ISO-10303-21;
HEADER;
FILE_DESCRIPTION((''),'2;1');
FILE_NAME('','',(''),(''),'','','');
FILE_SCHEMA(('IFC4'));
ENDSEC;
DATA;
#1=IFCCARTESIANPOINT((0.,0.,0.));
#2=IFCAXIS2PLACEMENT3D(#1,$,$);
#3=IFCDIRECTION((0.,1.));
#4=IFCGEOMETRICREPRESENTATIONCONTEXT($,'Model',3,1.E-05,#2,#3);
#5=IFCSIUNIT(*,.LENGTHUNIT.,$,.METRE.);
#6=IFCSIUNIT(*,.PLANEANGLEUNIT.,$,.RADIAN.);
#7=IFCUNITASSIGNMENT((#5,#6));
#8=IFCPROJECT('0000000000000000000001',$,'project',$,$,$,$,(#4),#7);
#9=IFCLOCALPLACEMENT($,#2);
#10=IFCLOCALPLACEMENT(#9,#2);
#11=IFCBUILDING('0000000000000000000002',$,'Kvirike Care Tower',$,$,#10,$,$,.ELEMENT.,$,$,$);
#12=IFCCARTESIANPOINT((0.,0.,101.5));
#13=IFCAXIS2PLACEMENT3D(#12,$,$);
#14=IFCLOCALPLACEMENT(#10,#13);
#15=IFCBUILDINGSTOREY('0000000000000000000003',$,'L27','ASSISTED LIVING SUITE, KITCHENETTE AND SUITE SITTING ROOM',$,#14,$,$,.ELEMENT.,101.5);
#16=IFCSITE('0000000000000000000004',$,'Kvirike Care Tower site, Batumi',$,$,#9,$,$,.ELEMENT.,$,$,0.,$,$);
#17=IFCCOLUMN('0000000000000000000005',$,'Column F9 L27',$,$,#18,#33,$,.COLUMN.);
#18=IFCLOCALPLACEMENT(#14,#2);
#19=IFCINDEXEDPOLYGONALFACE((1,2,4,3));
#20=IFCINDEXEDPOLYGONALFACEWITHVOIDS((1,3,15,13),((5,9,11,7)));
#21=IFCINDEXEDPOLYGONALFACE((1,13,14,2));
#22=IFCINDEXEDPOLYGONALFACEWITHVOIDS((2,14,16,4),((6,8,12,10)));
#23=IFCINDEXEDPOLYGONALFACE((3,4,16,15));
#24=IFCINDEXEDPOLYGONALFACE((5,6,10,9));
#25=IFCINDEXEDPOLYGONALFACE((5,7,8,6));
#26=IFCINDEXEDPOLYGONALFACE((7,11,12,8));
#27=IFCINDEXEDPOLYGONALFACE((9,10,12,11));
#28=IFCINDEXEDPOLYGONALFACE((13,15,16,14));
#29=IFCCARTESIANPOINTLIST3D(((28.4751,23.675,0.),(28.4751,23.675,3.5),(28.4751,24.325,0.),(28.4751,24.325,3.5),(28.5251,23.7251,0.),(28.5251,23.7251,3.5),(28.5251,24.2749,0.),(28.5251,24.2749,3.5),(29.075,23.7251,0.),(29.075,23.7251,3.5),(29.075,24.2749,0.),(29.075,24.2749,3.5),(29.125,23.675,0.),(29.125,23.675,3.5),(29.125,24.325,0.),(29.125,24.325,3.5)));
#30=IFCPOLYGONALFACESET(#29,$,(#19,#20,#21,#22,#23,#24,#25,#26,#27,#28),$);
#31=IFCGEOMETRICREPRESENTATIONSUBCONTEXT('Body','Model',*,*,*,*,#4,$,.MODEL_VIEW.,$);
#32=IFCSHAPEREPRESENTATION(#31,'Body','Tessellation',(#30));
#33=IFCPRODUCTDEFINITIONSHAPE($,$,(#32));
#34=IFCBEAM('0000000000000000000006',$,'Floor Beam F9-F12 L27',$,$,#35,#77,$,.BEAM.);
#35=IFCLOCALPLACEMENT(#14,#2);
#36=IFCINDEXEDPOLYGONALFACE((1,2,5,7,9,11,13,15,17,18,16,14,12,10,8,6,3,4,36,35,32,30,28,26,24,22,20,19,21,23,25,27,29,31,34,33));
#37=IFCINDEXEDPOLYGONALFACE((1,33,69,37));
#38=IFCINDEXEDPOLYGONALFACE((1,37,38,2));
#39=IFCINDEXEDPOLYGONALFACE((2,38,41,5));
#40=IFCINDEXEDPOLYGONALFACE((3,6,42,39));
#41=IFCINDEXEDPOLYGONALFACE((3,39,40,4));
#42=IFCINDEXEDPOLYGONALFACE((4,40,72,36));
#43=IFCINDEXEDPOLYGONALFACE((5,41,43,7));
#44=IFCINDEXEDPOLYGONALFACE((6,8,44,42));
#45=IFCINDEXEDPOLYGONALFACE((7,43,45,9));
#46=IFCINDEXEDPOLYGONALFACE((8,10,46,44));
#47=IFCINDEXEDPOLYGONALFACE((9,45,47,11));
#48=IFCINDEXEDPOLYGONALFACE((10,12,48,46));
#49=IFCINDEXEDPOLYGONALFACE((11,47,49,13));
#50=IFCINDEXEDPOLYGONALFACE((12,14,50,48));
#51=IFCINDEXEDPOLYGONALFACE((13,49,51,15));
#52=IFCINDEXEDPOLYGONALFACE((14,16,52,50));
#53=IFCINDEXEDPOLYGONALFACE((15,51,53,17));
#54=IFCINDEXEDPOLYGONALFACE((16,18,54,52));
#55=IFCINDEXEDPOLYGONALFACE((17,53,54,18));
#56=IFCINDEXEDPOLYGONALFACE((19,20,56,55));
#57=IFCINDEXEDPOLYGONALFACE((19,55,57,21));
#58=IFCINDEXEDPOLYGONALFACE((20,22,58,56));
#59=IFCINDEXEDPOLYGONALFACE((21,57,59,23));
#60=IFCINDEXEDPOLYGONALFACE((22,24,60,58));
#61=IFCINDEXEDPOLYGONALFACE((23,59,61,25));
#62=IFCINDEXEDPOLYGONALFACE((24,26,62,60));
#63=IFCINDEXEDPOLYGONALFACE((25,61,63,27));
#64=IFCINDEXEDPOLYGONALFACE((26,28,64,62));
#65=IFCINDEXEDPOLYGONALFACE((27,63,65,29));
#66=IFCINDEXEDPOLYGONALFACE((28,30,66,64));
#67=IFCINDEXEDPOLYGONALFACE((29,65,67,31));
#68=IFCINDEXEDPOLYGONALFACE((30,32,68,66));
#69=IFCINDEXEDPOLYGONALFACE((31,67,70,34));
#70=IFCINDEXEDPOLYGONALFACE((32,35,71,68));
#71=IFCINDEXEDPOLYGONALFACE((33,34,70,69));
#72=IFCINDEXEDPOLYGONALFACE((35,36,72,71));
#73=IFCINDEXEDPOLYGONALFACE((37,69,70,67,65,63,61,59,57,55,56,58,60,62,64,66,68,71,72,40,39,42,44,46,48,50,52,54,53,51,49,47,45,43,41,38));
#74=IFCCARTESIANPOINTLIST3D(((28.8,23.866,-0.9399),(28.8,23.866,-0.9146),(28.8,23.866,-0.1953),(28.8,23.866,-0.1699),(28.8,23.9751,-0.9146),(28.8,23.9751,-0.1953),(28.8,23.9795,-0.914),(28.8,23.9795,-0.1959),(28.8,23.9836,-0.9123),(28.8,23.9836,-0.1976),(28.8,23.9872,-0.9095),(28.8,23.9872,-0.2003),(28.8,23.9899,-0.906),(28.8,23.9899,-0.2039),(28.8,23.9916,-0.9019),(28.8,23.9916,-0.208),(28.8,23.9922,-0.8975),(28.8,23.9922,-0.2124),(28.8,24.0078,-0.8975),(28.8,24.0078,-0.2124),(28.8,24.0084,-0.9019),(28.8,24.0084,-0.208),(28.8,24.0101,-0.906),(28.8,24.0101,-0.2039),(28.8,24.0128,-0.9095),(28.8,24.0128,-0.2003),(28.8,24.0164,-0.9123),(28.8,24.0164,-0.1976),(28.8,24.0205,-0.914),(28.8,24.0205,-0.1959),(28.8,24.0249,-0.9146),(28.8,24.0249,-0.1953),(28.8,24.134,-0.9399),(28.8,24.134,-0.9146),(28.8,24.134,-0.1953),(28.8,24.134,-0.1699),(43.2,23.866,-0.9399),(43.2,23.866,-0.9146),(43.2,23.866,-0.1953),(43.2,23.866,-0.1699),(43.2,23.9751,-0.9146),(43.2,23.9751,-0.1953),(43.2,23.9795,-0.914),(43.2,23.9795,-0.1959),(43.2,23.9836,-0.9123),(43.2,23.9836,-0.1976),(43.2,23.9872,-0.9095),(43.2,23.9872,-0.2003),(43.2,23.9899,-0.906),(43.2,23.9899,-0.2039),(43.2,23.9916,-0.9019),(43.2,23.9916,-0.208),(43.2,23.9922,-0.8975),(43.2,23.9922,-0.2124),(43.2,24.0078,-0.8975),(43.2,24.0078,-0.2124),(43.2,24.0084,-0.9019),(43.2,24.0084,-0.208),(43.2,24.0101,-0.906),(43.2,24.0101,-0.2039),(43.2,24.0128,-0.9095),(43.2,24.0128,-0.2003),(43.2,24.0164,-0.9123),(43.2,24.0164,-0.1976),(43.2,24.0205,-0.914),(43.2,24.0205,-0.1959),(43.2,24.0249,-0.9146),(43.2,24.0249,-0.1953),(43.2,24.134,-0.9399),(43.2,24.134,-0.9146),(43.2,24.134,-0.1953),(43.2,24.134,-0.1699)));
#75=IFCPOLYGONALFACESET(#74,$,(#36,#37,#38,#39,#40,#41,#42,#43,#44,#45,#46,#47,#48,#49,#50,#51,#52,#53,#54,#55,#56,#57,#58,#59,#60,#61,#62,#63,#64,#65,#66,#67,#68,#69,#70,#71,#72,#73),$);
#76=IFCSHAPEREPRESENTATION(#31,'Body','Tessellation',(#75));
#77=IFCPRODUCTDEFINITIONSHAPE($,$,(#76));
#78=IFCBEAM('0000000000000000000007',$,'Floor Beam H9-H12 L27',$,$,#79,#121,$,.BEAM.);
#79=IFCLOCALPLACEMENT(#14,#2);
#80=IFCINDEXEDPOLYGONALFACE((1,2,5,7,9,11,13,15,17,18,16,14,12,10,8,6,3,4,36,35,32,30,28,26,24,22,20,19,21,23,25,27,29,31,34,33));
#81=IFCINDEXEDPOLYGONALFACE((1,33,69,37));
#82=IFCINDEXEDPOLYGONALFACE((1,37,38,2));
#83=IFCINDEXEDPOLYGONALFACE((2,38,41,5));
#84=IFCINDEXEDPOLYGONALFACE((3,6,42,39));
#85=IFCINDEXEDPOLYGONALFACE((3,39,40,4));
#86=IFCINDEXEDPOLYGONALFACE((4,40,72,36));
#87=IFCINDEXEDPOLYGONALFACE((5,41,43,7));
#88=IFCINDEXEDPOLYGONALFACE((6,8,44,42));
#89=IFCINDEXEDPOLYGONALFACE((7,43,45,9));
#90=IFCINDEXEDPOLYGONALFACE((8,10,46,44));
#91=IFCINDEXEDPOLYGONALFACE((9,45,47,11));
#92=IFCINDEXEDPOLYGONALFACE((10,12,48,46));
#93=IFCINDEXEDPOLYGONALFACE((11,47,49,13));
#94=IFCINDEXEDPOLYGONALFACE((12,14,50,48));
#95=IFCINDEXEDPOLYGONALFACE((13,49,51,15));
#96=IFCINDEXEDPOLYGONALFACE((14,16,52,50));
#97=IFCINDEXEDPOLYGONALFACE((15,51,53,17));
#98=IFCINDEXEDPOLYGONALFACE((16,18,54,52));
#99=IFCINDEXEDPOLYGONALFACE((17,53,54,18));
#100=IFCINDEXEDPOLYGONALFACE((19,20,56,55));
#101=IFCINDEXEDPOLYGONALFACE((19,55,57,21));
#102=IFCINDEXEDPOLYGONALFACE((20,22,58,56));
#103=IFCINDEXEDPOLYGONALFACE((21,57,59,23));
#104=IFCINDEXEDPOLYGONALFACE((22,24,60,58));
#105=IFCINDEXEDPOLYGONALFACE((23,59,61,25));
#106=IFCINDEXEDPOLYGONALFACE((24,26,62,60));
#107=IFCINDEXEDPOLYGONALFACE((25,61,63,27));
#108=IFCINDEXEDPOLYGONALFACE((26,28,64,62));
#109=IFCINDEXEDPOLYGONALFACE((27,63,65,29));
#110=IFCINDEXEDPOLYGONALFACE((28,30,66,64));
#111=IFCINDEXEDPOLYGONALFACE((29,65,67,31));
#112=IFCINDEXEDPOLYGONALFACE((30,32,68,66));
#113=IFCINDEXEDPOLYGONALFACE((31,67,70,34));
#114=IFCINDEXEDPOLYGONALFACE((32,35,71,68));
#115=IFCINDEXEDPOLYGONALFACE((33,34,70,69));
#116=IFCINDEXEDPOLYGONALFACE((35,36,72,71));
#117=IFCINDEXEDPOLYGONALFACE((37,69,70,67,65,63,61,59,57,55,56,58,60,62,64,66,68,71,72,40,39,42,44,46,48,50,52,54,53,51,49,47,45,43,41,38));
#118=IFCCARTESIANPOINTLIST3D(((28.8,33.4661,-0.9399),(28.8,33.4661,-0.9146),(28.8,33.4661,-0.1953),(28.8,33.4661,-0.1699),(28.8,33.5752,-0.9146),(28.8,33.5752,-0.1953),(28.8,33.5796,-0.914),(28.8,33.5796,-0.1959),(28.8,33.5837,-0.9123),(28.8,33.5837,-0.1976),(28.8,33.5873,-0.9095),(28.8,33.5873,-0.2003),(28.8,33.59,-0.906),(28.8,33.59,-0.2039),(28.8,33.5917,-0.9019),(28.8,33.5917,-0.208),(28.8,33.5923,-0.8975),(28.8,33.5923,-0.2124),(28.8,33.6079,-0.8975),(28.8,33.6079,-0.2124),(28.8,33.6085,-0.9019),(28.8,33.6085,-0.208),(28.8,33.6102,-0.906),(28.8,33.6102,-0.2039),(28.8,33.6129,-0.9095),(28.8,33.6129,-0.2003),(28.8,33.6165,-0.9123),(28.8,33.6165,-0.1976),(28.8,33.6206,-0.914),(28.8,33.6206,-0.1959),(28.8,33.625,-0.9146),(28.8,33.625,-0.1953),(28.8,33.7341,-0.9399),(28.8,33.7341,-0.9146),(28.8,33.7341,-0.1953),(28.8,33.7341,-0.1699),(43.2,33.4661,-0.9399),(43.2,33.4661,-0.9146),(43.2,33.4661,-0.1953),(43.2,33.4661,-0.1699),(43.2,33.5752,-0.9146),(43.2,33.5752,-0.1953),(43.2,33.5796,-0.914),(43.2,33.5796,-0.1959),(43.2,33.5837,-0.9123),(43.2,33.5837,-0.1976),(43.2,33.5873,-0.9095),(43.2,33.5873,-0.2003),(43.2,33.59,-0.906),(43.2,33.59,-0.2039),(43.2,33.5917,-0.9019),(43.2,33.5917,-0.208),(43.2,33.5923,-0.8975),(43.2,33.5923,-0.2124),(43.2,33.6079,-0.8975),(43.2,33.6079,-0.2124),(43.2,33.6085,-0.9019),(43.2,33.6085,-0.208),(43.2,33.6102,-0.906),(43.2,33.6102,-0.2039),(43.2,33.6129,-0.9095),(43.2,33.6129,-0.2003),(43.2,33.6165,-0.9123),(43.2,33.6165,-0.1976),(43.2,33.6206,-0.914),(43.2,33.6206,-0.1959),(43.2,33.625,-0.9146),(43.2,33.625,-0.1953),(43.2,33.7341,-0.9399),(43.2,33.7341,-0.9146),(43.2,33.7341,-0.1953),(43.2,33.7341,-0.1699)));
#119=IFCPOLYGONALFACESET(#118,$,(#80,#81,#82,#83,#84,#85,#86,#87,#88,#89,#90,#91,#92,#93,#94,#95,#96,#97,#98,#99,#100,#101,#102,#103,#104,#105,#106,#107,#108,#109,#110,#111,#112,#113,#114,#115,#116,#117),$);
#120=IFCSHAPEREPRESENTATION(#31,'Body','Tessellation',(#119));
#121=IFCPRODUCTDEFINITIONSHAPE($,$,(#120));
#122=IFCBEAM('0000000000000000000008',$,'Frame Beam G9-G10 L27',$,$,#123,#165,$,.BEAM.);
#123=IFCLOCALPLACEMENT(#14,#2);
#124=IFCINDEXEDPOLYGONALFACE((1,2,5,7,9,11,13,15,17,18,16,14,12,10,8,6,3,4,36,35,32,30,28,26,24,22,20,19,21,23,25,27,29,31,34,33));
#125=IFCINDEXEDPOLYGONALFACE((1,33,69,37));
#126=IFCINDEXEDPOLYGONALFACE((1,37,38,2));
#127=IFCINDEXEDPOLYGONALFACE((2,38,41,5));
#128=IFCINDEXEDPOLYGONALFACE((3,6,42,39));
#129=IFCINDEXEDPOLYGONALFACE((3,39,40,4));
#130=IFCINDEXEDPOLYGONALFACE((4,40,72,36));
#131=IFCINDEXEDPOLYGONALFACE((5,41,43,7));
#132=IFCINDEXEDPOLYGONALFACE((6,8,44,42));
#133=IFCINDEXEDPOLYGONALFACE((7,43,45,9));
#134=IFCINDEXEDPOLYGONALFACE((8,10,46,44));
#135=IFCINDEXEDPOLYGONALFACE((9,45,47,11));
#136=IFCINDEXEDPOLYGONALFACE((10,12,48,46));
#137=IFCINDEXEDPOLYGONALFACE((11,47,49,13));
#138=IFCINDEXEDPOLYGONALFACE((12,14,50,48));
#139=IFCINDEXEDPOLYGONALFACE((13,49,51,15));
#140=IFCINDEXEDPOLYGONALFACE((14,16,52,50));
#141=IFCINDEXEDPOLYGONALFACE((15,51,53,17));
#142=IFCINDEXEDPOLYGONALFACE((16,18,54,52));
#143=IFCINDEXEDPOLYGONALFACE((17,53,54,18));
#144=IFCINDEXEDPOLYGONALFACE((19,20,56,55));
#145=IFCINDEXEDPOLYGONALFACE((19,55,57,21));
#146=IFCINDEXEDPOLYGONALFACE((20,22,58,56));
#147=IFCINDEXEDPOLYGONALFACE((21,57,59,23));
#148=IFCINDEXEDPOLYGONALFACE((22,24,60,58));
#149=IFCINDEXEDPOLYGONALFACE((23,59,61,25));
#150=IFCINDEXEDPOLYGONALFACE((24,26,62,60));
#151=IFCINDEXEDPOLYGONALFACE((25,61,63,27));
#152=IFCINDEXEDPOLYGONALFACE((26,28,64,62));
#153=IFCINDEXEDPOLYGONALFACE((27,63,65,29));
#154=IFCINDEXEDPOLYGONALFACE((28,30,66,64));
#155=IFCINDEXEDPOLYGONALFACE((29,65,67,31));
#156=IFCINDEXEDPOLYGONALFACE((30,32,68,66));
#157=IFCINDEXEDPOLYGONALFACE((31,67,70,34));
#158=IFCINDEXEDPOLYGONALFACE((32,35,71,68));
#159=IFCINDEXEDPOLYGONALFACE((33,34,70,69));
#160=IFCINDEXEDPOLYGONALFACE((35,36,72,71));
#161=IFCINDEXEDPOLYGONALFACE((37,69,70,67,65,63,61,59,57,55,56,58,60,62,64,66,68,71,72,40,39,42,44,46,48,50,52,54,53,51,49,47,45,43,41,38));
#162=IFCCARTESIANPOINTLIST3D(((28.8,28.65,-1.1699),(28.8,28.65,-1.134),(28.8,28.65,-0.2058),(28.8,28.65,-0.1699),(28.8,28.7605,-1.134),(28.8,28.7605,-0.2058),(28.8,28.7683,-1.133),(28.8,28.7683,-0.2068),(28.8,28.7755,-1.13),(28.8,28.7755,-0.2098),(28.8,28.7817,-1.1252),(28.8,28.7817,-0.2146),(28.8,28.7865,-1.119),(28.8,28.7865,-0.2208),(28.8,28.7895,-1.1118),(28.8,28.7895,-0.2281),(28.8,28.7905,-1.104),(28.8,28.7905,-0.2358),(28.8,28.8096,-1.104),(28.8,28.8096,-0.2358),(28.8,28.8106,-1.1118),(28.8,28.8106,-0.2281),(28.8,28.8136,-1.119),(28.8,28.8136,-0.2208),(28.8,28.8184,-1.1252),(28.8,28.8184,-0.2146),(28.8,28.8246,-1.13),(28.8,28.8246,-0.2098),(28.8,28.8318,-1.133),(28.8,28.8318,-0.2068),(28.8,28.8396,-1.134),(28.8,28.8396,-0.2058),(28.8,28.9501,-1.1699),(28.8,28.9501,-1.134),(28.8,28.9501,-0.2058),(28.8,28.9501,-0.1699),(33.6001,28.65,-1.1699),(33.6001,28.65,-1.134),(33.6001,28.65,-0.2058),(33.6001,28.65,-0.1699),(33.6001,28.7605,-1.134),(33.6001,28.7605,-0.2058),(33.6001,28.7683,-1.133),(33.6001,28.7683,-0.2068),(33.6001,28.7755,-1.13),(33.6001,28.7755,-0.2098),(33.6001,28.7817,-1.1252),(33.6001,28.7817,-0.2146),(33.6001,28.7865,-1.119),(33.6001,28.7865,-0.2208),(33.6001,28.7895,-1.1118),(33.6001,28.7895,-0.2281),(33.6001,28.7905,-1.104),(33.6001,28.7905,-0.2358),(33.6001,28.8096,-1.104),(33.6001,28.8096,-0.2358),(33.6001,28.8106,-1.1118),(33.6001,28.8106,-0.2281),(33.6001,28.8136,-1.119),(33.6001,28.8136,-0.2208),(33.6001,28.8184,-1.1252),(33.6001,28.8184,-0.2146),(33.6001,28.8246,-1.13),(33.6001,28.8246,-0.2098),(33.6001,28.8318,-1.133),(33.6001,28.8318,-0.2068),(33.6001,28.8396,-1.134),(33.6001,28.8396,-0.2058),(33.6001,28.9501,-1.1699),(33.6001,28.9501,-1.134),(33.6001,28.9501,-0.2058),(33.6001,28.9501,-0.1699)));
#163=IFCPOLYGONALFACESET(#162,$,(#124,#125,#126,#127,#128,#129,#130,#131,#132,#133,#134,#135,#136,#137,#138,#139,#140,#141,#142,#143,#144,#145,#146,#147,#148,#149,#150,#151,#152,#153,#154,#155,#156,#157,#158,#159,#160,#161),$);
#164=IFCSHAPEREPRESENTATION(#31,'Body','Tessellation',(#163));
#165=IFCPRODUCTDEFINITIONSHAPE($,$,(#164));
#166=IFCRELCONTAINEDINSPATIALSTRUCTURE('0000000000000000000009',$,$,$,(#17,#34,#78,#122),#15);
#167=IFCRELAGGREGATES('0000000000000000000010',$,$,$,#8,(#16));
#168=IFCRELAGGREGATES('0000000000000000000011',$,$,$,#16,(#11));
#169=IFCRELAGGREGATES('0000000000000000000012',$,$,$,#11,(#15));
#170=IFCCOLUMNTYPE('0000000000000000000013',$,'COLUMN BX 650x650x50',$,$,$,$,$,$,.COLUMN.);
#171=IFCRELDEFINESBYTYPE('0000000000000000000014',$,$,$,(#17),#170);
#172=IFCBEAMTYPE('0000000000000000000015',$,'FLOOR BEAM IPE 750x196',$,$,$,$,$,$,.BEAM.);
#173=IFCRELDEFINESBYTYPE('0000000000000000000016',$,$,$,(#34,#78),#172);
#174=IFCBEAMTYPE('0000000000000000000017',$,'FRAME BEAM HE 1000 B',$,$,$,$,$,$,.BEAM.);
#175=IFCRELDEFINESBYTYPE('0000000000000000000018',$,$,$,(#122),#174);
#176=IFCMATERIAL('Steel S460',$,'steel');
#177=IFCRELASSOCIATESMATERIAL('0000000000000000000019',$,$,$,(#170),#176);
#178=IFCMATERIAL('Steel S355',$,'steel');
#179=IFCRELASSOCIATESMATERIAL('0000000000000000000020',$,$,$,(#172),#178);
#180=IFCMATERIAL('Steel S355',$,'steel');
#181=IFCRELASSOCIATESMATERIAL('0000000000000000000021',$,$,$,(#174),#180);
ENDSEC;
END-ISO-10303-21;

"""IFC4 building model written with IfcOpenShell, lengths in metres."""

from ifc_helpers import new_model, si_unit, direction, frame, origin, origin_2d, place, context, subcontext, project, spatial, hollow_rectangle, i_section, extrude, material, material_profile, profile_set, type_object, element, save


model = new_model("IFC4")

# Units and contexts
model_context = context("Model", 3, precision=1e-05, world=origin(), true_north=direction((0.0, 1.0)))
body_context = subcontext(model_context, "Body", "Model", "MODEL_VIEW")
ifc_project = project(units=[si_unit("LENGTHUNIT", "METRE"), si_unit("PLANEANGLEUNIT", "RADIAN")], contexts=[model_context])

# Site, building, storey
site_placement = place(None, origin())
site = spatial("IfcSite", under=ifc_project, at=site_placement, Name="Kvirike Care Tower site, Batumi", CompositionType="ELEMENT", RefElevation=0.0)
building_placement = place(site_placement, origin())
building = spatial("IfcBuilding", under=site, at=building_placement, Name="Kvirike Care Tower", CompositionType="ELEMENT")
storey_placement = place(building_placement, frame((0.0, 0.0, 101.5)))
storey = spatial("IfcBuildingStorey", under=building, at=storey_placement, Name="L27", Description="ASSISTED LIVING SUITE, KITCHENETTE AND SUITE SITTING ROOM", CompositionType="ELEMENT", Elevation=101.5)

# Column
ifc_material_1 = material(Name="Steel S460", Category="steel")
ifc_material_profile_1 = material_profile(ifc_material_1, hollow_rectangle(XDim=0.6499, YDim=0.6499, WallThickness=0.05, at=origin_2d()), Name="BX 650x650x50")
ifc_profile_set_1 = profile_set([ifc_material_profile_1], Name="Steel S460")
column_type = type_object("IfcColumnType", Name="COLUMN BX 650x650x50", PredefinedType="COLUMN", material=ifc_profile_set_1)
column_placement = place(storey_placement, frame((28.8, 24.0, 0.0), z_axis=(0.0, 0.0, 1.0), x_axis=(1.0, 0.0, 0.0)))
element("IfcColumn", 1, at=column_placement, inside=storey, type_object=column_type, Name="Column F9 L27", PredefinedType="COLUMN", context=body_context, shape_type="SweptSolid", body=[
    extrude(hollow_rectangle(XDim=0.6499, YDim=0.6499, WallThickness=0.05, at=origin_2d()), origin(), (0.0, 0.0, 1.0), 3.5),
])

# Beams
ifc_material_2 = material(Name="Steel S355", Category="steel")
ifc_material_profile_2 = material_profile(ifc_material_2, i_section(OverallWidth=0.2681, OverallDepth=0.77, WebThickness=0.0156, FlangeThickness=0.0254, FilletRadius=0.0171, at=origin_2d()), Name="IPE 750x196")
ifc_profile_set_2 = profile_set([ifc_material_profile_2], Name="Steel S355")
beam_type_1 = type_object("IfcBeamType", Name="FLOOR BEAM IPE 750x196", PredefinedType="BEAM", material=ifc_profile_set_2)
for number, where, z_axis, x_axis, name in (
    (2, (28.8, 24.0, -0.5549), (1.0, 0.0, 0.0), (0.0, 1.0, 0.0), "Floor Beam F9-F12 L27"),
    (3, (28.8, 33.6001, -0.5549), (1.0, 0.0, 0.0), (0.0, 1.0, 0.0), "Floor Beam H9-H12 L27"),
):
    element("IfcBeam", number, at=place(storey_placement, frame(where, z_axis=z_axis, x_axis=x_axis)), inside=storey, type_object=beam_type_1, Name=name, PredefinedType="BEAM", context=body_context, shape_type="SweptSolid", body=[
        extrude(i_section(OverallWidth=0.2681, OverallDepth=0.77, WebThickness=0.0156, FlangeThickness=0.0254, FilletRadius=0.0171, at=origin_2d()), origin(), (0.0, 0.0, 1.0), 14.3999),
    ])
ifc_material_3 = material(Name="Steel S355", Category="steel")
ifc_material_profile_3 = material_profile(ifc_material_3, i_section(OverallWidth=0.3, OverallDepth=1.0, WebThickness=0.019, FlangeThickness=0.0359, FilletRadius=0.03, at=origin_2d()), Name="HE 1000 B")
ifc_profile_set_3 = profile_set([ifc_material_profile_3], Name="Steel S355")
beam_type_2 = type_object("IfcBeamType", Name="FRAME BEAM HE 1000 B", PredefinedType="BEAM", material=ifc_profile_set_3)
for number, where, z_axis, x_axis, name in (
    (4, (28.8, 28.8, -0.6699), (1.0, 0.0, 0.0), (0.0, 1.0, 0.0), "Frame Beam G9-G10 L27"),
):
    element("IfcBeam", number, at=place(storey_placement, frame(where, z_axis=z_axis, x_axis=x_axis)), inside=storey, type_object=beam_type_2, Name=name, PredefinedType="BEAM", context=body_context, shape_type="SweptSolid", body=[
        extrude(i_section(OverallWidth=0.3, OverallDepth=1.0, WebThickness=0.019, FlangeThickness=0.0359, FilletRadius=0.03, at=origin_2d()), origin(), (0.0, 0.0, 1.0), 4.8),
    ])

save(model, "model.ifc")
